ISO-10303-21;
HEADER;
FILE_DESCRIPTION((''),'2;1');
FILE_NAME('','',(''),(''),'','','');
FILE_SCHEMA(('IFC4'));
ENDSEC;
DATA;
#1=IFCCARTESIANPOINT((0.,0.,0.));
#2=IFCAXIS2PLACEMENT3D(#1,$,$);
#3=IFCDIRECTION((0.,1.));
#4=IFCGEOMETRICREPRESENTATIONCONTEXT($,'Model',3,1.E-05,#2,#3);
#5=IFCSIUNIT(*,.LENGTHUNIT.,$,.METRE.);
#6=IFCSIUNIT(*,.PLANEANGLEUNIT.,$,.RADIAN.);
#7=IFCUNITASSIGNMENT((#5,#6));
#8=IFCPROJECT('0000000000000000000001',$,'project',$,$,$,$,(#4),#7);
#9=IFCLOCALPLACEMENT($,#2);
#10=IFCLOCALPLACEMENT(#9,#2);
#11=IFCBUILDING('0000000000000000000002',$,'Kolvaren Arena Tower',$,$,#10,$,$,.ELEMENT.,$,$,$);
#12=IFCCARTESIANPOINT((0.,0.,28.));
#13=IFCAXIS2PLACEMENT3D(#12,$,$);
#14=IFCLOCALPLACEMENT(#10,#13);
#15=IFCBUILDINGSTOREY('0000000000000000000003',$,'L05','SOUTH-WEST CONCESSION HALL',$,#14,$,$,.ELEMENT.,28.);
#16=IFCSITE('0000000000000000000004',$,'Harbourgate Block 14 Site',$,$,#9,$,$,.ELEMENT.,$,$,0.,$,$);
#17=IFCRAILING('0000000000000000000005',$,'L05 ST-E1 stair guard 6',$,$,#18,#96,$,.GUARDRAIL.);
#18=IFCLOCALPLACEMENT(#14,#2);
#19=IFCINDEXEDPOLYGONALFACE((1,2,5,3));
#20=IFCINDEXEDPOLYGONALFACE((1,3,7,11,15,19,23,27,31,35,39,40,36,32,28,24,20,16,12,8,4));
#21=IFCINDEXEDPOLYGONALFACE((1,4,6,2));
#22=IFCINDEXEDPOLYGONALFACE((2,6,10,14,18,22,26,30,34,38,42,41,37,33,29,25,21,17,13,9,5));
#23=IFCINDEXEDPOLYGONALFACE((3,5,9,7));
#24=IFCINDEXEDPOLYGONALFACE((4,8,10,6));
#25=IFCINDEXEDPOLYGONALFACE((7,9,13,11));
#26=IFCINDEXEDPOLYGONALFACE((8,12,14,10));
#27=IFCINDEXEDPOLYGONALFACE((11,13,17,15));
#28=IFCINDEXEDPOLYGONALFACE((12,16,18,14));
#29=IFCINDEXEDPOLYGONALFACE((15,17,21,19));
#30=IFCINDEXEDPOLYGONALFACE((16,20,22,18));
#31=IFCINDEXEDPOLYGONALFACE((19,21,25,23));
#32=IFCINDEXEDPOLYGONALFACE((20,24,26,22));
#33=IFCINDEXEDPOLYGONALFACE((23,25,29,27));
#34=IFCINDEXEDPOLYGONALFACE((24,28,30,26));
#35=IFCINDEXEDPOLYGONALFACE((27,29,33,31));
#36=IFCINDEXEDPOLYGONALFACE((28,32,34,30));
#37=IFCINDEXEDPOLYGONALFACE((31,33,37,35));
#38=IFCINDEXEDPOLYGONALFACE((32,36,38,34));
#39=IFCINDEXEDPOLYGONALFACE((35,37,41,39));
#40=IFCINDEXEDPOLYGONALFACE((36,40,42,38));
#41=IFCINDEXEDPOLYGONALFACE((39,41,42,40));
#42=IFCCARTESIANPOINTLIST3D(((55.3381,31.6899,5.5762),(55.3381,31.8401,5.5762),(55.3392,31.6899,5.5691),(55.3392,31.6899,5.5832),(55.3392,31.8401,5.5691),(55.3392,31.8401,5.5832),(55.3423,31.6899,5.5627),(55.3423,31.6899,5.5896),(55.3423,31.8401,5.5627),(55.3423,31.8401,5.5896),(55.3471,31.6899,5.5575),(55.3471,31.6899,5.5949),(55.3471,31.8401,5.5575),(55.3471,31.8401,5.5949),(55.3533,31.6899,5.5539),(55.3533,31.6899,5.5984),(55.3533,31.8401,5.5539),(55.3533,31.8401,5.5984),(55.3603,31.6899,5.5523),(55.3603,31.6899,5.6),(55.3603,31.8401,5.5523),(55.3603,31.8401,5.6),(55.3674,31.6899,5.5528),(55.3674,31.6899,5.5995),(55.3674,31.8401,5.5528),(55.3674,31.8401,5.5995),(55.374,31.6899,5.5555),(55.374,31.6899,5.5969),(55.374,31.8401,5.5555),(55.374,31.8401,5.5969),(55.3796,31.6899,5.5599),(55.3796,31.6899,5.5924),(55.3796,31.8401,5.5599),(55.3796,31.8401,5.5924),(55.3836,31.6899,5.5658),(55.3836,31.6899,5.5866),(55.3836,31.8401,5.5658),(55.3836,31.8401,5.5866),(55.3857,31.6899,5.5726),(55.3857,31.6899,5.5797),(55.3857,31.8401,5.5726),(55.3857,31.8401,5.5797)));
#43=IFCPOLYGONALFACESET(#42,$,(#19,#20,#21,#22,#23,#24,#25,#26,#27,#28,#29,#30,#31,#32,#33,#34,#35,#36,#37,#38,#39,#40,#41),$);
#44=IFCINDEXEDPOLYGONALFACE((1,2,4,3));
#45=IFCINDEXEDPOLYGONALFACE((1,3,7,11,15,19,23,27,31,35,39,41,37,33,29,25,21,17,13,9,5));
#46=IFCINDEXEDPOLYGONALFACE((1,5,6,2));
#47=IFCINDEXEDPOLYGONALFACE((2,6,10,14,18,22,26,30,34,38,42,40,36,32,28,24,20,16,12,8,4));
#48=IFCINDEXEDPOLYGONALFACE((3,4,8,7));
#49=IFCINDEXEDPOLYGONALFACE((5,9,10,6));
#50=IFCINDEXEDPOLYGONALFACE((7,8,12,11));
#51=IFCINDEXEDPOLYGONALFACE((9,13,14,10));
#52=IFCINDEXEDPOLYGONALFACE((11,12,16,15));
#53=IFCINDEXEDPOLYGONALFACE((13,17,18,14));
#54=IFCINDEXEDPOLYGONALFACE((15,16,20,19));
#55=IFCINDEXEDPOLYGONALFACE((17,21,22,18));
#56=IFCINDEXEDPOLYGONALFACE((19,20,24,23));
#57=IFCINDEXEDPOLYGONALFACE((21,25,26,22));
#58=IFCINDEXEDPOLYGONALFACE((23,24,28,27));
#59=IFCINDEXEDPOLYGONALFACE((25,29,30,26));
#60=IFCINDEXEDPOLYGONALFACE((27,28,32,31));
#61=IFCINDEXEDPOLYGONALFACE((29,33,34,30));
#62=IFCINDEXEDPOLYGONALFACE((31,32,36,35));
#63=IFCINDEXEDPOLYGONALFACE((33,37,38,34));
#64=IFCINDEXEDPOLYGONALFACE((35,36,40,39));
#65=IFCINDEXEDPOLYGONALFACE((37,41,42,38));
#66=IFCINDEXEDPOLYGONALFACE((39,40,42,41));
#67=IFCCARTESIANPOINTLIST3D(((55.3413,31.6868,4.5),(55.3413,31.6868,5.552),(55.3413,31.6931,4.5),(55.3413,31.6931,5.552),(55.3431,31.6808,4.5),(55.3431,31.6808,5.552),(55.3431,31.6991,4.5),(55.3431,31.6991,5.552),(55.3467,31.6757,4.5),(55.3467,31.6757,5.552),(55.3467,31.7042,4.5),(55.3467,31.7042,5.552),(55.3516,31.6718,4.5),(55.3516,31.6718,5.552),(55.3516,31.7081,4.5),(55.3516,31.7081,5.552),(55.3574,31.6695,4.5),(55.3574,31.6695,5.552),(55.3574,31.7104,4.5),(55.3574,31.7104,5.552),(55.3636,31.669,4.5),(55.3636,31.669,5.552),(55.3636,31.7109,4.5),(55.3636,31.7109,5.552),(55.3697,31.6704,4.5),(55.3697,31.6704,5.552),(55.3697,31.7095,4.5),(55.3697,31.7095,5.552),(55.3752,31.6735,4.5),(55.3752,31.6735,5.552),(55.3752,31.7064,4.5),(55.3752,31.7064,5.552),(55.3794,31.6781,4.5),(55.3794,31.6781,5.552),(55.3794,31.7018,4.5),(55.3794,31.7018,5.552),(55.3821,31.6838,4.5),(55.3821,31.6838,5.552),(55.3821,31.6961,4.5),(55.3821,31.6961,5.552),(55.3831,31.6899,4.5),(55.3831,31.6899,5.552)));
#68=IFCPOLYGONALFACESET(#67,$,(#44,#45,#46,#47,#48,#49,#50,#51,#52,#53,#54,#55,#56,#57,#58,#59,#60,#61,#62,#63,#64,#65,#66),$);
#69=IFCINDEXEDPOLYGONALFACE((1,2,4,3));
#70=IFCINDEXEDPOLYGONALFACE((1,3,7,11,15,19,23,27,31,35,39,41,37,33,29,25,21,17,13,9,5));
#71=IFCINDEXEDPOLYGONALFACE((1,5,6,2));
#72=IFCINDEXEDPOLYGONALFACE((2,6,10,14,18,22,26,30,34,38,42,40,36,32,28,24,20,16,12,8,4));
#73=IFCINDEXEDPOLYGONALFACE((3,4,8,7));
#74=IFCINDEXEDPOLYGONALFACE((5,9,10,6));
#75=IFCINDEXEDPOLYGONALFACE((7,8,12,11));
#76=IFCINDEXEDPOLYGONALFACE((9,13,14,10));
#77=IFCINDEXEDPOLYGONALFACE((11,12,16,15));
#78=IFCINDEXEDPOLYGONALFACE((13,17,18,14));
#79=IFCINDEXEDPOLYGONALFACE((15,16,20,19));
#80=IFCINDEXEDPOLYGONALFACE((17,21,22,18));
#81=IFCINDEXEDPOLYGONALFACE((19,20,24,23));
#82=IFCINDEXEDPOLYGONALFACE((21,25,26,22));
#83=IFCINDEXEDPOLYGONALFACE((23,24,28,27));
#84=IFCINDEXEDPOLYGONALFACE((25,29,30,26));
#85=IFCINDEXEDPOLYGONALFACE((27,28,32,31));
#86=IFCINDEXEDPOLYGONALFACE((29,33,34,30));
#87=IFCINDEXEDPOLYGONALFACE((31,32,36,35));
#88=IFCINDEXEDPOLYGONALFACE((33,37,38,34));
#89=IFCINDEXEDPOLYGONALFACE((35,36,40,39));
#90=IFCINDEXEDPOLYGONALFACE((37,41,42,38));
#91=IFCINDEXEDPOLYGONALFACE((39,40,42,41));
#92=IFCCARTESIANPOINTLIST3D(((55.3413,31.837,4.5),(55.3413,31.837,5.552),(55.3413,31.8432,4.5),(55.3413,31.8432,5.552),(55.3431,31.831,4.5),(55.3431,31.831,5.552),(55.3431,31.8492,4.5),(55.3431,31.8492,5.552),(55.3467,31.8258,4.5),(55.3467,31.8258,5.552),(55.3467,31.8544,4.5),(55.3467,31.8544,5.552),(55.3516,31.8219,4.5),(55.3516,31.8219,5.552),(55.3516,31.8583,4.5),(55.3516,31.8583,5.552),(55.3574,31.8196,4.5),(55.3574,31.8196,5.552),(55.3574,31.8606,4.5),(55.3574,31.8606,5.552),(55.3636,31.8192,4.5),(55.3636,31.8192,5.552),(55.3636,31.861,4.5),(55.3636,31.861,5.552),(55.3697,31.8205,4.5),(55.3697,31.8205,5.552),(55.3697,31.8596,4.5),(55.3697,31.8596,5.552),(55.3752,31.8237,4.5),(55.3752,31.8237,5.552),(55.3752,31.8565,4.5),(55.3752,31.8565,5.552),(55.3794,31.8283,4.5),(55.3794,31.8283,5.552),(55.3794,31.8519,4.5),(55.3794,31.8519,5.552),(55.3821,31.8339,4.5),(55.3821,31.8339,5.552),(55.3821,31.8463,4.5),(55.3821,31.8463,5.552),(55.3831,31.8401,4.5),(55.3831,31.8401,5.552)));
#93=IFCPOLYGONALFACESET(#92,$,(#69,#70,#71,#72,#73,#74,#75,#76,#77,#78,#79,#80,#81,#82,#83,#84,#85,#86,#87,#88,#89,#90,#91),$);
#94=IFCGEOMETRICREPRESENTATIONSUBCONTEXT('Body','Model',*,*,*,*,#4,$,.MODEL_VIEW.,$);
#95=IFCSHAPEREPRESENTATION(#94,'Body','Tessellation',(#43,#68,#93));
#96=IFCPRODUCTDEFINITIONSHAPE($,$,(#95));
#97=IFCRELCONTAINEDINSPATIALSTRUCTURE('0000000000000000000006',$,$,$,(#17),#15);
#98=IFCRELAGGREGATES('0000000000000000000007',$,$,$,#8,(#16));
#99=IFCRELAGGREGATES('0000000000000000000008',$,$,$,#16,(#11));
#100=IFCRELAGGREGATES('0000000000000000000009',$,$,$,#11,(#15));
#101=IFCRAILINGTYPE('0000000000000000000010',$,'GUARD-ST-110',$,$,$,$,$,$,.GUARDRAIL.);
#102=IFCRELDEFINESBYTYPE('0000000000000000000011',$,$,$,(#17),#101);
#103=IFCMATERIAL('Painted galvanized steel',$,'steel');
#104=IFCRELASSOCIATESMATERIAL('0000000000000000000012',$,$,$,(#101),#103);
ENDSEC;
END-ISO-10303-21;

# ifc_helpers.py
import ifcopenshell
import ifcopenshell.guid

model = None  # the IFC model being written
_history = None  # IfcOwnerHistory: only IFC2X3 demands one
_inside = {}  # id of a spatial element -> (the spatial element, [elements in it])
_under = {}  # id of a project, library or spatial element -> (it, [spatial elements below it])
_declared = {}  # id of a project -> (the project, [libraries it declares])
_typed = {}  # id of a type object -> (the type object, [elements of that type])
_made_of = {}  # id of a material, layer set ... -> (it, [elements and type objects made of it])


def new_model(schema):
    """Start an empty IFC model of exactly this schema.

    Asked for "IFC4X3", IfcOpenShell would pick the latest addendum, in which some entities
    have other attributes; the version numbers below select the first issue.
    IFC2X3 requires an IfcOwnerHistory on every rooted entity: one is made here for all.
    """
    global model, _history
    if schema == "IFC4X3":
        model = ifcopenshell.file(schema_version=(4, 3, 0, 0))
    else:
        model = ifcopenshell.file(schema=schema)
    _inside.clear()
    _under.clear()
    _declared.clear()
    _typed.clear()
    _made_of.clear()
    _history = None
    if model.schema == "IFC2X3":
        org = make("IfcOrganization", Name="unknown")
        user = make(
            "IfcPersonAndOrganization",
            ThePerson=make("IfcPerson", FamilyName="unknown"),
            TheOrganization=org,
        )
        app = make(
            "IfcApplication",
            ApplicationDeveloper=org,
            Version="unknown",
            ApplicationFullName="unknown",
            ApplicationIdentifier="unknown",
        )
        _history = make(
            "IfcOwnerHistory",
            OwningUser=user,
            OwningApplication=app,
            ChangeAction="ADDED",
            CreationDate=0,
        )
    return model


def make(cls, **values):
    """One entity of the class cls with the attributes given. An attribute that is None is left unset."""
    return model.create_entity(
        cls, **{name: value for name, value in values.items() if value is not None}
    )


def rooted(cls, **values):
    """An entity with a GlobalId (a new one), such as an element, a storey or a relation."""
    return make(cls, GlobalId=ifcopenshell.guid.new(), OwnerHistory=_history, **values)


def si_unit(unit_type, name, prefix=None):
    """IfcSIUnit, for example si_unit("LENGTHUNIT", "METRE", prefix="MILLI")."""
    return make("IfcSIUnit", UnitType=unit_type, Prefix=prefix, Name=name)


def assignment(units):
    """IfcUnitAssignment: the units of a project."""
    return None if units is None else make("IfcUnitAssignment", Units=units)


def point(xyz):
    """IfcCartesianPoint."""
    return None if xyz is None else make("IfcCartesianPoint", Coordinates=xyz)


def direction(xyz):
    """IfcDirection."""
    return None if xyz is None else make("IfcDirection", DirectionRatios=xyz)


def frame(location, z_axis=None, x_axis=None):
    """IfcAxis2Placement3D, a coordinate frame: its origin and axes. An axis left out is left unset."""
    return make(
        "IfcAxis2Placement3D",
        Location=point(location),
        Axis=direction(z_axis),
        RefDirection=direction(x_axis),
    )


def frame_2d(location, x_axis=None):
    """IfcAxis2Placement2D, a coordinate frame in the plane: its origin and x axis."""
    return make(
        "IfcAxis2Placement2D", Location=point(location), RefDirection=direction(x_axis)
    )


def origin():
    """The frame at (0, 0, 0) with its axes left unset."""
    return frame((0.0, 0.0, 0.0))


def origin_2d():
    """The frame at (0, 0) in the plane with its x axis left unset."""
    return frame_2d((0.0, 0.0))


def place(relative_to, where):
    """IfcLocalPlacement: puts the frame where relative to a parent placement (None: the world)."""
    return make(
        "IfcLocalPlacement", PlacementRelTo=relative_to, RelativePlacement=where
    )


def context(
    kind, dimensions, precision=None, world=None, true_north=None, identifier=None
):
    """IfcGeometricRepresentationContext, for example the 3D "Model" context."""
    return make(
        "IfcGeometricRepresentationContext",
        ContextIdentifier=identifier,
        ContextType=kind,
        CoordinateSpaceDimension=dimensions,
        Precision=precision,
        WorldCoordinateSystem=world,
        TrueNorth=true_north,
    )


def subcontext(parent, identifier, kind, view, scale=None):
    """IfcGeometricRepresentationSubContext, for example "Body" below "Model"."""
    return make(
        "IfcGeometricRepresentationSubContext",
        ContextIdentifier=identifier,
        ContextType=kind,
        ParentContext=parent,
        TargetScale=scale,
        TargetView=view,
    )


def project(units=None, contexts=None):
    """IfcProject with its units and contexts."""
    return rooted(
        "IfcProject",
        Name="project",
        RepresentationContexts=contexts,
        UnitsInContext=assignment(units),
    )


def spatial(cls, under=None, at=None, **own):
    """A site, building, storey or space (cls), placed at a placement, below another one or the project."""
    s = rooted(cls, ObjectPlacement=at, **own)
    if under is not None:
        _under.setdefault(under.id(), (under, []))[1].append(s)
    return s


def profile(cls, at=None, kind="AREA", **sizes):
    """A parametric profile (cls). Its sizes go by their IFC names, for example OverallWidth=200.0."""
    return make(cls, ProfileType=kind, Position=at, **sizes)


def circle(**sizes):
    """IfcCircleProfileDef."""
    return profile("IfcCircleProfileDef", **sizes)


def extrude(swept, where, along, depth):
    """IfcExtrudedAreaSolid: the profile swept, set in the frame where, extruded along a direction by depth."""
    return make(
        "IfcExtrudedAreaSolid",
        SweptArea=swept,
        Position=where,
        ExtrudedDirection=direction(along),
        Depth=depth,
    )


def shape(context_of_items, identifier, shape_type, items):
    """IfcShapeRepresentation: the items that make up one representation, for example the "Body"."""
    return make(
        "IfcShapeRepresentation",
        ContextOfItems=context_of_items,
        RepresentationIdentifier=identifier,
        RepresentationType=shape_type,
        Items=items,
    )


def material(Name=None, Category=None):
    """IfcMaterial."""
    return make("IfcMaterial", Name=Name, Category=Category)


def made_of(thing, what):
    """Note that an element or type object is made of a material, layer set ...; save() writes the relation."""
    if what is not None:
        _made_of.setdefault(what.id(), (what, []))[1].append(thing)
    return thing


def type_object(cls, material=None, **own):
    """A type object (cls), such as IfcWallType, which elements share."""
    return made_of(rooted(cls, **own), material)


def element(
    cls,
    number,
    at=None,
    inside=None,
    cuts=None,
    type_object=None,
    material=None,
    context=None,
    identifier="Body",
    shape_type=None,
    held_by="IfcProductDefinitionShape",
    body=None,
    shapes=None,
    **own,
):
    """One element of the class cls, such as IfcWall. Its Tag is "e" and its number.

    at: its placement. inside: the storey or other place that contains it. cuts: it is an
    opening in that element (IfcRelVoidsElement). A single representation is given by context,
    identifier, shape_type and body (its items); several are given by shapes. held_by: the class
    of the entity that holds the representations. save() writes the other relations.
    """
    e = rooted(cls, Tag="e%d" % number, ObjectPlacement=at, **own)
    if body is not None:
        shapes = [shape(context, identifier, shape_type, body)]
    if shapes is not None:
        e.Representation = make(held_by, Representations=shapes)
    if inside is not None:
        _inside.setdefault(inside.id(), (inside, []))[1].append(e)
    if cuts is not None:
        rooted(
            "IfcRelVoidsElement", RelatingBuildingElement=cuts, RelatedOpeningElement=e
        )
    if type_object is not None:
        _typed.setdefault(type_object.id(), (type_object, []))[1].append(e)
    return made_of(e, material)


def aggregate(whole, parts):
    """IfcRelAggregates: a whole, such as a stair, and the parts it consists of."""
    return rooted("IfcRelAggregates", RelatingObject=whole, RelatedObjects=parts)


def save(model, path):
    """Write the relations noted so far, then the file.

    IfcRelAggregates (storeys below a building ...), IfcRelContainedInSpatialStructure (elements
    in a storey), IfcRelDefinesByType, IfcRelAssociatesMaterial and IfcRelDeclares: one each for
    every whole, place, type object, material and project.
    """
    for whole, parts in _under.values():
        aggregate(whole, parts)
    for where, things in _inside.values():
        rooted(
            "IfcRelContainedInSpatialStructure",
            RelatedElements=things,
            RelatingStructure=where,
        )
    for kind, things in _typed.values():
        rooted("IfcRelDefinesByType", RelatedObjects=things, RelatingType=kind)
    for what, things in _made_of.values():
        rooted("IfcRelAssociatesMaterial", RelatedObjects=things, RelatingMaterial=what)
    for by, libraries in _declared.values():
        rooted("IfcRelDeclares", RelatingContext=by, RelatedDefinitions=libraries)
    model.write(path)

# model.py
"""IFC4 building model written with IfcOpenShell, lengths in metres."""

from ifc_helpers import new_model, si_unit, direction, frame, origin, origin_2d, place, context, subcontext, project, spatial, circle, extrude, material, type_object, element, save


model = new_model("IFC4")

# Units and contexts
model_context = context("Model", 3, precision=1e-05, world=origin(), true_north=direction((0.0, 1.0)))
body_context = subcontext(model_context, "Body", "Model", "MODEL_VIEW")
ifc_project = project(units=[si_unit("LENGTHUNIT", "METRE"), si_unit("PLANEANGLEUNIT", "RADIAN")], contexts=[model_context])

# Site, building, storey
site_placement = place(None, origin())
site = spatial("IfcSite", under=ifc_project, at=site_placement, Name="Harbourgate Block 14 Site", CompositionType="ELEMENT", RefElevation=0.0)
building_placement = place(site_placement, origin())
building = spatial("IfcBuilding", under=site, at=building_placement, Name="Kolvaren Arena Tower", CompositionType="ELEMENT")
storey_placement = place(building_placement, frame((0.0, 0.0, 28.0)))
storey = spatial("IfcBuildingStorey", under=building, at=storey_placement, Name="L05", Description="SOUTH-WEST CONCESSION HALL", CompositionType="ELEMENT", Elevation=28.0)

# Railing
ifc_material_1 = material(Name="Painted galvanized steel", Category="steel")
railing_type_1 = type_object("IfcRailingType", Name="GUARD-ST-110", PredefinedType="GUARDRAIL", material=ifc_material_1)
railing_1_placement = place(storey_placement, frame((55.3621, 31.6899, 4.5)))
element("IfcRailing", 1, at=railing_1_placement, inside=storey, type_object=railing_type_1, Name="L05 ST-E1 stair guard 6", PredefinedType="GUARDRAIL", context=body_context, shape_type="SweptSolid", body=[
    extrude(circle(Radius=0.0239, at=origin_2d()), frame((0.0, 0.0, 1.0762), z_axis=(0.0, 1.0, 0.0), x_axis=(-1.0, 0.0, 0.0)), (0.0, 0.0, 1.0), 0.1501),
    extrude(circle(Radius=0.021, at=origin_2d()), origin(), (0.0, 0.0, 1.0), 1.052),
    extrude(circle(Radius=0.021, at=origin_2d()), frame((0.0, 0.1501, 0.0)), (0.0, 0.0, 1.0), 1.052),
])

save(model, "model.ifc")
